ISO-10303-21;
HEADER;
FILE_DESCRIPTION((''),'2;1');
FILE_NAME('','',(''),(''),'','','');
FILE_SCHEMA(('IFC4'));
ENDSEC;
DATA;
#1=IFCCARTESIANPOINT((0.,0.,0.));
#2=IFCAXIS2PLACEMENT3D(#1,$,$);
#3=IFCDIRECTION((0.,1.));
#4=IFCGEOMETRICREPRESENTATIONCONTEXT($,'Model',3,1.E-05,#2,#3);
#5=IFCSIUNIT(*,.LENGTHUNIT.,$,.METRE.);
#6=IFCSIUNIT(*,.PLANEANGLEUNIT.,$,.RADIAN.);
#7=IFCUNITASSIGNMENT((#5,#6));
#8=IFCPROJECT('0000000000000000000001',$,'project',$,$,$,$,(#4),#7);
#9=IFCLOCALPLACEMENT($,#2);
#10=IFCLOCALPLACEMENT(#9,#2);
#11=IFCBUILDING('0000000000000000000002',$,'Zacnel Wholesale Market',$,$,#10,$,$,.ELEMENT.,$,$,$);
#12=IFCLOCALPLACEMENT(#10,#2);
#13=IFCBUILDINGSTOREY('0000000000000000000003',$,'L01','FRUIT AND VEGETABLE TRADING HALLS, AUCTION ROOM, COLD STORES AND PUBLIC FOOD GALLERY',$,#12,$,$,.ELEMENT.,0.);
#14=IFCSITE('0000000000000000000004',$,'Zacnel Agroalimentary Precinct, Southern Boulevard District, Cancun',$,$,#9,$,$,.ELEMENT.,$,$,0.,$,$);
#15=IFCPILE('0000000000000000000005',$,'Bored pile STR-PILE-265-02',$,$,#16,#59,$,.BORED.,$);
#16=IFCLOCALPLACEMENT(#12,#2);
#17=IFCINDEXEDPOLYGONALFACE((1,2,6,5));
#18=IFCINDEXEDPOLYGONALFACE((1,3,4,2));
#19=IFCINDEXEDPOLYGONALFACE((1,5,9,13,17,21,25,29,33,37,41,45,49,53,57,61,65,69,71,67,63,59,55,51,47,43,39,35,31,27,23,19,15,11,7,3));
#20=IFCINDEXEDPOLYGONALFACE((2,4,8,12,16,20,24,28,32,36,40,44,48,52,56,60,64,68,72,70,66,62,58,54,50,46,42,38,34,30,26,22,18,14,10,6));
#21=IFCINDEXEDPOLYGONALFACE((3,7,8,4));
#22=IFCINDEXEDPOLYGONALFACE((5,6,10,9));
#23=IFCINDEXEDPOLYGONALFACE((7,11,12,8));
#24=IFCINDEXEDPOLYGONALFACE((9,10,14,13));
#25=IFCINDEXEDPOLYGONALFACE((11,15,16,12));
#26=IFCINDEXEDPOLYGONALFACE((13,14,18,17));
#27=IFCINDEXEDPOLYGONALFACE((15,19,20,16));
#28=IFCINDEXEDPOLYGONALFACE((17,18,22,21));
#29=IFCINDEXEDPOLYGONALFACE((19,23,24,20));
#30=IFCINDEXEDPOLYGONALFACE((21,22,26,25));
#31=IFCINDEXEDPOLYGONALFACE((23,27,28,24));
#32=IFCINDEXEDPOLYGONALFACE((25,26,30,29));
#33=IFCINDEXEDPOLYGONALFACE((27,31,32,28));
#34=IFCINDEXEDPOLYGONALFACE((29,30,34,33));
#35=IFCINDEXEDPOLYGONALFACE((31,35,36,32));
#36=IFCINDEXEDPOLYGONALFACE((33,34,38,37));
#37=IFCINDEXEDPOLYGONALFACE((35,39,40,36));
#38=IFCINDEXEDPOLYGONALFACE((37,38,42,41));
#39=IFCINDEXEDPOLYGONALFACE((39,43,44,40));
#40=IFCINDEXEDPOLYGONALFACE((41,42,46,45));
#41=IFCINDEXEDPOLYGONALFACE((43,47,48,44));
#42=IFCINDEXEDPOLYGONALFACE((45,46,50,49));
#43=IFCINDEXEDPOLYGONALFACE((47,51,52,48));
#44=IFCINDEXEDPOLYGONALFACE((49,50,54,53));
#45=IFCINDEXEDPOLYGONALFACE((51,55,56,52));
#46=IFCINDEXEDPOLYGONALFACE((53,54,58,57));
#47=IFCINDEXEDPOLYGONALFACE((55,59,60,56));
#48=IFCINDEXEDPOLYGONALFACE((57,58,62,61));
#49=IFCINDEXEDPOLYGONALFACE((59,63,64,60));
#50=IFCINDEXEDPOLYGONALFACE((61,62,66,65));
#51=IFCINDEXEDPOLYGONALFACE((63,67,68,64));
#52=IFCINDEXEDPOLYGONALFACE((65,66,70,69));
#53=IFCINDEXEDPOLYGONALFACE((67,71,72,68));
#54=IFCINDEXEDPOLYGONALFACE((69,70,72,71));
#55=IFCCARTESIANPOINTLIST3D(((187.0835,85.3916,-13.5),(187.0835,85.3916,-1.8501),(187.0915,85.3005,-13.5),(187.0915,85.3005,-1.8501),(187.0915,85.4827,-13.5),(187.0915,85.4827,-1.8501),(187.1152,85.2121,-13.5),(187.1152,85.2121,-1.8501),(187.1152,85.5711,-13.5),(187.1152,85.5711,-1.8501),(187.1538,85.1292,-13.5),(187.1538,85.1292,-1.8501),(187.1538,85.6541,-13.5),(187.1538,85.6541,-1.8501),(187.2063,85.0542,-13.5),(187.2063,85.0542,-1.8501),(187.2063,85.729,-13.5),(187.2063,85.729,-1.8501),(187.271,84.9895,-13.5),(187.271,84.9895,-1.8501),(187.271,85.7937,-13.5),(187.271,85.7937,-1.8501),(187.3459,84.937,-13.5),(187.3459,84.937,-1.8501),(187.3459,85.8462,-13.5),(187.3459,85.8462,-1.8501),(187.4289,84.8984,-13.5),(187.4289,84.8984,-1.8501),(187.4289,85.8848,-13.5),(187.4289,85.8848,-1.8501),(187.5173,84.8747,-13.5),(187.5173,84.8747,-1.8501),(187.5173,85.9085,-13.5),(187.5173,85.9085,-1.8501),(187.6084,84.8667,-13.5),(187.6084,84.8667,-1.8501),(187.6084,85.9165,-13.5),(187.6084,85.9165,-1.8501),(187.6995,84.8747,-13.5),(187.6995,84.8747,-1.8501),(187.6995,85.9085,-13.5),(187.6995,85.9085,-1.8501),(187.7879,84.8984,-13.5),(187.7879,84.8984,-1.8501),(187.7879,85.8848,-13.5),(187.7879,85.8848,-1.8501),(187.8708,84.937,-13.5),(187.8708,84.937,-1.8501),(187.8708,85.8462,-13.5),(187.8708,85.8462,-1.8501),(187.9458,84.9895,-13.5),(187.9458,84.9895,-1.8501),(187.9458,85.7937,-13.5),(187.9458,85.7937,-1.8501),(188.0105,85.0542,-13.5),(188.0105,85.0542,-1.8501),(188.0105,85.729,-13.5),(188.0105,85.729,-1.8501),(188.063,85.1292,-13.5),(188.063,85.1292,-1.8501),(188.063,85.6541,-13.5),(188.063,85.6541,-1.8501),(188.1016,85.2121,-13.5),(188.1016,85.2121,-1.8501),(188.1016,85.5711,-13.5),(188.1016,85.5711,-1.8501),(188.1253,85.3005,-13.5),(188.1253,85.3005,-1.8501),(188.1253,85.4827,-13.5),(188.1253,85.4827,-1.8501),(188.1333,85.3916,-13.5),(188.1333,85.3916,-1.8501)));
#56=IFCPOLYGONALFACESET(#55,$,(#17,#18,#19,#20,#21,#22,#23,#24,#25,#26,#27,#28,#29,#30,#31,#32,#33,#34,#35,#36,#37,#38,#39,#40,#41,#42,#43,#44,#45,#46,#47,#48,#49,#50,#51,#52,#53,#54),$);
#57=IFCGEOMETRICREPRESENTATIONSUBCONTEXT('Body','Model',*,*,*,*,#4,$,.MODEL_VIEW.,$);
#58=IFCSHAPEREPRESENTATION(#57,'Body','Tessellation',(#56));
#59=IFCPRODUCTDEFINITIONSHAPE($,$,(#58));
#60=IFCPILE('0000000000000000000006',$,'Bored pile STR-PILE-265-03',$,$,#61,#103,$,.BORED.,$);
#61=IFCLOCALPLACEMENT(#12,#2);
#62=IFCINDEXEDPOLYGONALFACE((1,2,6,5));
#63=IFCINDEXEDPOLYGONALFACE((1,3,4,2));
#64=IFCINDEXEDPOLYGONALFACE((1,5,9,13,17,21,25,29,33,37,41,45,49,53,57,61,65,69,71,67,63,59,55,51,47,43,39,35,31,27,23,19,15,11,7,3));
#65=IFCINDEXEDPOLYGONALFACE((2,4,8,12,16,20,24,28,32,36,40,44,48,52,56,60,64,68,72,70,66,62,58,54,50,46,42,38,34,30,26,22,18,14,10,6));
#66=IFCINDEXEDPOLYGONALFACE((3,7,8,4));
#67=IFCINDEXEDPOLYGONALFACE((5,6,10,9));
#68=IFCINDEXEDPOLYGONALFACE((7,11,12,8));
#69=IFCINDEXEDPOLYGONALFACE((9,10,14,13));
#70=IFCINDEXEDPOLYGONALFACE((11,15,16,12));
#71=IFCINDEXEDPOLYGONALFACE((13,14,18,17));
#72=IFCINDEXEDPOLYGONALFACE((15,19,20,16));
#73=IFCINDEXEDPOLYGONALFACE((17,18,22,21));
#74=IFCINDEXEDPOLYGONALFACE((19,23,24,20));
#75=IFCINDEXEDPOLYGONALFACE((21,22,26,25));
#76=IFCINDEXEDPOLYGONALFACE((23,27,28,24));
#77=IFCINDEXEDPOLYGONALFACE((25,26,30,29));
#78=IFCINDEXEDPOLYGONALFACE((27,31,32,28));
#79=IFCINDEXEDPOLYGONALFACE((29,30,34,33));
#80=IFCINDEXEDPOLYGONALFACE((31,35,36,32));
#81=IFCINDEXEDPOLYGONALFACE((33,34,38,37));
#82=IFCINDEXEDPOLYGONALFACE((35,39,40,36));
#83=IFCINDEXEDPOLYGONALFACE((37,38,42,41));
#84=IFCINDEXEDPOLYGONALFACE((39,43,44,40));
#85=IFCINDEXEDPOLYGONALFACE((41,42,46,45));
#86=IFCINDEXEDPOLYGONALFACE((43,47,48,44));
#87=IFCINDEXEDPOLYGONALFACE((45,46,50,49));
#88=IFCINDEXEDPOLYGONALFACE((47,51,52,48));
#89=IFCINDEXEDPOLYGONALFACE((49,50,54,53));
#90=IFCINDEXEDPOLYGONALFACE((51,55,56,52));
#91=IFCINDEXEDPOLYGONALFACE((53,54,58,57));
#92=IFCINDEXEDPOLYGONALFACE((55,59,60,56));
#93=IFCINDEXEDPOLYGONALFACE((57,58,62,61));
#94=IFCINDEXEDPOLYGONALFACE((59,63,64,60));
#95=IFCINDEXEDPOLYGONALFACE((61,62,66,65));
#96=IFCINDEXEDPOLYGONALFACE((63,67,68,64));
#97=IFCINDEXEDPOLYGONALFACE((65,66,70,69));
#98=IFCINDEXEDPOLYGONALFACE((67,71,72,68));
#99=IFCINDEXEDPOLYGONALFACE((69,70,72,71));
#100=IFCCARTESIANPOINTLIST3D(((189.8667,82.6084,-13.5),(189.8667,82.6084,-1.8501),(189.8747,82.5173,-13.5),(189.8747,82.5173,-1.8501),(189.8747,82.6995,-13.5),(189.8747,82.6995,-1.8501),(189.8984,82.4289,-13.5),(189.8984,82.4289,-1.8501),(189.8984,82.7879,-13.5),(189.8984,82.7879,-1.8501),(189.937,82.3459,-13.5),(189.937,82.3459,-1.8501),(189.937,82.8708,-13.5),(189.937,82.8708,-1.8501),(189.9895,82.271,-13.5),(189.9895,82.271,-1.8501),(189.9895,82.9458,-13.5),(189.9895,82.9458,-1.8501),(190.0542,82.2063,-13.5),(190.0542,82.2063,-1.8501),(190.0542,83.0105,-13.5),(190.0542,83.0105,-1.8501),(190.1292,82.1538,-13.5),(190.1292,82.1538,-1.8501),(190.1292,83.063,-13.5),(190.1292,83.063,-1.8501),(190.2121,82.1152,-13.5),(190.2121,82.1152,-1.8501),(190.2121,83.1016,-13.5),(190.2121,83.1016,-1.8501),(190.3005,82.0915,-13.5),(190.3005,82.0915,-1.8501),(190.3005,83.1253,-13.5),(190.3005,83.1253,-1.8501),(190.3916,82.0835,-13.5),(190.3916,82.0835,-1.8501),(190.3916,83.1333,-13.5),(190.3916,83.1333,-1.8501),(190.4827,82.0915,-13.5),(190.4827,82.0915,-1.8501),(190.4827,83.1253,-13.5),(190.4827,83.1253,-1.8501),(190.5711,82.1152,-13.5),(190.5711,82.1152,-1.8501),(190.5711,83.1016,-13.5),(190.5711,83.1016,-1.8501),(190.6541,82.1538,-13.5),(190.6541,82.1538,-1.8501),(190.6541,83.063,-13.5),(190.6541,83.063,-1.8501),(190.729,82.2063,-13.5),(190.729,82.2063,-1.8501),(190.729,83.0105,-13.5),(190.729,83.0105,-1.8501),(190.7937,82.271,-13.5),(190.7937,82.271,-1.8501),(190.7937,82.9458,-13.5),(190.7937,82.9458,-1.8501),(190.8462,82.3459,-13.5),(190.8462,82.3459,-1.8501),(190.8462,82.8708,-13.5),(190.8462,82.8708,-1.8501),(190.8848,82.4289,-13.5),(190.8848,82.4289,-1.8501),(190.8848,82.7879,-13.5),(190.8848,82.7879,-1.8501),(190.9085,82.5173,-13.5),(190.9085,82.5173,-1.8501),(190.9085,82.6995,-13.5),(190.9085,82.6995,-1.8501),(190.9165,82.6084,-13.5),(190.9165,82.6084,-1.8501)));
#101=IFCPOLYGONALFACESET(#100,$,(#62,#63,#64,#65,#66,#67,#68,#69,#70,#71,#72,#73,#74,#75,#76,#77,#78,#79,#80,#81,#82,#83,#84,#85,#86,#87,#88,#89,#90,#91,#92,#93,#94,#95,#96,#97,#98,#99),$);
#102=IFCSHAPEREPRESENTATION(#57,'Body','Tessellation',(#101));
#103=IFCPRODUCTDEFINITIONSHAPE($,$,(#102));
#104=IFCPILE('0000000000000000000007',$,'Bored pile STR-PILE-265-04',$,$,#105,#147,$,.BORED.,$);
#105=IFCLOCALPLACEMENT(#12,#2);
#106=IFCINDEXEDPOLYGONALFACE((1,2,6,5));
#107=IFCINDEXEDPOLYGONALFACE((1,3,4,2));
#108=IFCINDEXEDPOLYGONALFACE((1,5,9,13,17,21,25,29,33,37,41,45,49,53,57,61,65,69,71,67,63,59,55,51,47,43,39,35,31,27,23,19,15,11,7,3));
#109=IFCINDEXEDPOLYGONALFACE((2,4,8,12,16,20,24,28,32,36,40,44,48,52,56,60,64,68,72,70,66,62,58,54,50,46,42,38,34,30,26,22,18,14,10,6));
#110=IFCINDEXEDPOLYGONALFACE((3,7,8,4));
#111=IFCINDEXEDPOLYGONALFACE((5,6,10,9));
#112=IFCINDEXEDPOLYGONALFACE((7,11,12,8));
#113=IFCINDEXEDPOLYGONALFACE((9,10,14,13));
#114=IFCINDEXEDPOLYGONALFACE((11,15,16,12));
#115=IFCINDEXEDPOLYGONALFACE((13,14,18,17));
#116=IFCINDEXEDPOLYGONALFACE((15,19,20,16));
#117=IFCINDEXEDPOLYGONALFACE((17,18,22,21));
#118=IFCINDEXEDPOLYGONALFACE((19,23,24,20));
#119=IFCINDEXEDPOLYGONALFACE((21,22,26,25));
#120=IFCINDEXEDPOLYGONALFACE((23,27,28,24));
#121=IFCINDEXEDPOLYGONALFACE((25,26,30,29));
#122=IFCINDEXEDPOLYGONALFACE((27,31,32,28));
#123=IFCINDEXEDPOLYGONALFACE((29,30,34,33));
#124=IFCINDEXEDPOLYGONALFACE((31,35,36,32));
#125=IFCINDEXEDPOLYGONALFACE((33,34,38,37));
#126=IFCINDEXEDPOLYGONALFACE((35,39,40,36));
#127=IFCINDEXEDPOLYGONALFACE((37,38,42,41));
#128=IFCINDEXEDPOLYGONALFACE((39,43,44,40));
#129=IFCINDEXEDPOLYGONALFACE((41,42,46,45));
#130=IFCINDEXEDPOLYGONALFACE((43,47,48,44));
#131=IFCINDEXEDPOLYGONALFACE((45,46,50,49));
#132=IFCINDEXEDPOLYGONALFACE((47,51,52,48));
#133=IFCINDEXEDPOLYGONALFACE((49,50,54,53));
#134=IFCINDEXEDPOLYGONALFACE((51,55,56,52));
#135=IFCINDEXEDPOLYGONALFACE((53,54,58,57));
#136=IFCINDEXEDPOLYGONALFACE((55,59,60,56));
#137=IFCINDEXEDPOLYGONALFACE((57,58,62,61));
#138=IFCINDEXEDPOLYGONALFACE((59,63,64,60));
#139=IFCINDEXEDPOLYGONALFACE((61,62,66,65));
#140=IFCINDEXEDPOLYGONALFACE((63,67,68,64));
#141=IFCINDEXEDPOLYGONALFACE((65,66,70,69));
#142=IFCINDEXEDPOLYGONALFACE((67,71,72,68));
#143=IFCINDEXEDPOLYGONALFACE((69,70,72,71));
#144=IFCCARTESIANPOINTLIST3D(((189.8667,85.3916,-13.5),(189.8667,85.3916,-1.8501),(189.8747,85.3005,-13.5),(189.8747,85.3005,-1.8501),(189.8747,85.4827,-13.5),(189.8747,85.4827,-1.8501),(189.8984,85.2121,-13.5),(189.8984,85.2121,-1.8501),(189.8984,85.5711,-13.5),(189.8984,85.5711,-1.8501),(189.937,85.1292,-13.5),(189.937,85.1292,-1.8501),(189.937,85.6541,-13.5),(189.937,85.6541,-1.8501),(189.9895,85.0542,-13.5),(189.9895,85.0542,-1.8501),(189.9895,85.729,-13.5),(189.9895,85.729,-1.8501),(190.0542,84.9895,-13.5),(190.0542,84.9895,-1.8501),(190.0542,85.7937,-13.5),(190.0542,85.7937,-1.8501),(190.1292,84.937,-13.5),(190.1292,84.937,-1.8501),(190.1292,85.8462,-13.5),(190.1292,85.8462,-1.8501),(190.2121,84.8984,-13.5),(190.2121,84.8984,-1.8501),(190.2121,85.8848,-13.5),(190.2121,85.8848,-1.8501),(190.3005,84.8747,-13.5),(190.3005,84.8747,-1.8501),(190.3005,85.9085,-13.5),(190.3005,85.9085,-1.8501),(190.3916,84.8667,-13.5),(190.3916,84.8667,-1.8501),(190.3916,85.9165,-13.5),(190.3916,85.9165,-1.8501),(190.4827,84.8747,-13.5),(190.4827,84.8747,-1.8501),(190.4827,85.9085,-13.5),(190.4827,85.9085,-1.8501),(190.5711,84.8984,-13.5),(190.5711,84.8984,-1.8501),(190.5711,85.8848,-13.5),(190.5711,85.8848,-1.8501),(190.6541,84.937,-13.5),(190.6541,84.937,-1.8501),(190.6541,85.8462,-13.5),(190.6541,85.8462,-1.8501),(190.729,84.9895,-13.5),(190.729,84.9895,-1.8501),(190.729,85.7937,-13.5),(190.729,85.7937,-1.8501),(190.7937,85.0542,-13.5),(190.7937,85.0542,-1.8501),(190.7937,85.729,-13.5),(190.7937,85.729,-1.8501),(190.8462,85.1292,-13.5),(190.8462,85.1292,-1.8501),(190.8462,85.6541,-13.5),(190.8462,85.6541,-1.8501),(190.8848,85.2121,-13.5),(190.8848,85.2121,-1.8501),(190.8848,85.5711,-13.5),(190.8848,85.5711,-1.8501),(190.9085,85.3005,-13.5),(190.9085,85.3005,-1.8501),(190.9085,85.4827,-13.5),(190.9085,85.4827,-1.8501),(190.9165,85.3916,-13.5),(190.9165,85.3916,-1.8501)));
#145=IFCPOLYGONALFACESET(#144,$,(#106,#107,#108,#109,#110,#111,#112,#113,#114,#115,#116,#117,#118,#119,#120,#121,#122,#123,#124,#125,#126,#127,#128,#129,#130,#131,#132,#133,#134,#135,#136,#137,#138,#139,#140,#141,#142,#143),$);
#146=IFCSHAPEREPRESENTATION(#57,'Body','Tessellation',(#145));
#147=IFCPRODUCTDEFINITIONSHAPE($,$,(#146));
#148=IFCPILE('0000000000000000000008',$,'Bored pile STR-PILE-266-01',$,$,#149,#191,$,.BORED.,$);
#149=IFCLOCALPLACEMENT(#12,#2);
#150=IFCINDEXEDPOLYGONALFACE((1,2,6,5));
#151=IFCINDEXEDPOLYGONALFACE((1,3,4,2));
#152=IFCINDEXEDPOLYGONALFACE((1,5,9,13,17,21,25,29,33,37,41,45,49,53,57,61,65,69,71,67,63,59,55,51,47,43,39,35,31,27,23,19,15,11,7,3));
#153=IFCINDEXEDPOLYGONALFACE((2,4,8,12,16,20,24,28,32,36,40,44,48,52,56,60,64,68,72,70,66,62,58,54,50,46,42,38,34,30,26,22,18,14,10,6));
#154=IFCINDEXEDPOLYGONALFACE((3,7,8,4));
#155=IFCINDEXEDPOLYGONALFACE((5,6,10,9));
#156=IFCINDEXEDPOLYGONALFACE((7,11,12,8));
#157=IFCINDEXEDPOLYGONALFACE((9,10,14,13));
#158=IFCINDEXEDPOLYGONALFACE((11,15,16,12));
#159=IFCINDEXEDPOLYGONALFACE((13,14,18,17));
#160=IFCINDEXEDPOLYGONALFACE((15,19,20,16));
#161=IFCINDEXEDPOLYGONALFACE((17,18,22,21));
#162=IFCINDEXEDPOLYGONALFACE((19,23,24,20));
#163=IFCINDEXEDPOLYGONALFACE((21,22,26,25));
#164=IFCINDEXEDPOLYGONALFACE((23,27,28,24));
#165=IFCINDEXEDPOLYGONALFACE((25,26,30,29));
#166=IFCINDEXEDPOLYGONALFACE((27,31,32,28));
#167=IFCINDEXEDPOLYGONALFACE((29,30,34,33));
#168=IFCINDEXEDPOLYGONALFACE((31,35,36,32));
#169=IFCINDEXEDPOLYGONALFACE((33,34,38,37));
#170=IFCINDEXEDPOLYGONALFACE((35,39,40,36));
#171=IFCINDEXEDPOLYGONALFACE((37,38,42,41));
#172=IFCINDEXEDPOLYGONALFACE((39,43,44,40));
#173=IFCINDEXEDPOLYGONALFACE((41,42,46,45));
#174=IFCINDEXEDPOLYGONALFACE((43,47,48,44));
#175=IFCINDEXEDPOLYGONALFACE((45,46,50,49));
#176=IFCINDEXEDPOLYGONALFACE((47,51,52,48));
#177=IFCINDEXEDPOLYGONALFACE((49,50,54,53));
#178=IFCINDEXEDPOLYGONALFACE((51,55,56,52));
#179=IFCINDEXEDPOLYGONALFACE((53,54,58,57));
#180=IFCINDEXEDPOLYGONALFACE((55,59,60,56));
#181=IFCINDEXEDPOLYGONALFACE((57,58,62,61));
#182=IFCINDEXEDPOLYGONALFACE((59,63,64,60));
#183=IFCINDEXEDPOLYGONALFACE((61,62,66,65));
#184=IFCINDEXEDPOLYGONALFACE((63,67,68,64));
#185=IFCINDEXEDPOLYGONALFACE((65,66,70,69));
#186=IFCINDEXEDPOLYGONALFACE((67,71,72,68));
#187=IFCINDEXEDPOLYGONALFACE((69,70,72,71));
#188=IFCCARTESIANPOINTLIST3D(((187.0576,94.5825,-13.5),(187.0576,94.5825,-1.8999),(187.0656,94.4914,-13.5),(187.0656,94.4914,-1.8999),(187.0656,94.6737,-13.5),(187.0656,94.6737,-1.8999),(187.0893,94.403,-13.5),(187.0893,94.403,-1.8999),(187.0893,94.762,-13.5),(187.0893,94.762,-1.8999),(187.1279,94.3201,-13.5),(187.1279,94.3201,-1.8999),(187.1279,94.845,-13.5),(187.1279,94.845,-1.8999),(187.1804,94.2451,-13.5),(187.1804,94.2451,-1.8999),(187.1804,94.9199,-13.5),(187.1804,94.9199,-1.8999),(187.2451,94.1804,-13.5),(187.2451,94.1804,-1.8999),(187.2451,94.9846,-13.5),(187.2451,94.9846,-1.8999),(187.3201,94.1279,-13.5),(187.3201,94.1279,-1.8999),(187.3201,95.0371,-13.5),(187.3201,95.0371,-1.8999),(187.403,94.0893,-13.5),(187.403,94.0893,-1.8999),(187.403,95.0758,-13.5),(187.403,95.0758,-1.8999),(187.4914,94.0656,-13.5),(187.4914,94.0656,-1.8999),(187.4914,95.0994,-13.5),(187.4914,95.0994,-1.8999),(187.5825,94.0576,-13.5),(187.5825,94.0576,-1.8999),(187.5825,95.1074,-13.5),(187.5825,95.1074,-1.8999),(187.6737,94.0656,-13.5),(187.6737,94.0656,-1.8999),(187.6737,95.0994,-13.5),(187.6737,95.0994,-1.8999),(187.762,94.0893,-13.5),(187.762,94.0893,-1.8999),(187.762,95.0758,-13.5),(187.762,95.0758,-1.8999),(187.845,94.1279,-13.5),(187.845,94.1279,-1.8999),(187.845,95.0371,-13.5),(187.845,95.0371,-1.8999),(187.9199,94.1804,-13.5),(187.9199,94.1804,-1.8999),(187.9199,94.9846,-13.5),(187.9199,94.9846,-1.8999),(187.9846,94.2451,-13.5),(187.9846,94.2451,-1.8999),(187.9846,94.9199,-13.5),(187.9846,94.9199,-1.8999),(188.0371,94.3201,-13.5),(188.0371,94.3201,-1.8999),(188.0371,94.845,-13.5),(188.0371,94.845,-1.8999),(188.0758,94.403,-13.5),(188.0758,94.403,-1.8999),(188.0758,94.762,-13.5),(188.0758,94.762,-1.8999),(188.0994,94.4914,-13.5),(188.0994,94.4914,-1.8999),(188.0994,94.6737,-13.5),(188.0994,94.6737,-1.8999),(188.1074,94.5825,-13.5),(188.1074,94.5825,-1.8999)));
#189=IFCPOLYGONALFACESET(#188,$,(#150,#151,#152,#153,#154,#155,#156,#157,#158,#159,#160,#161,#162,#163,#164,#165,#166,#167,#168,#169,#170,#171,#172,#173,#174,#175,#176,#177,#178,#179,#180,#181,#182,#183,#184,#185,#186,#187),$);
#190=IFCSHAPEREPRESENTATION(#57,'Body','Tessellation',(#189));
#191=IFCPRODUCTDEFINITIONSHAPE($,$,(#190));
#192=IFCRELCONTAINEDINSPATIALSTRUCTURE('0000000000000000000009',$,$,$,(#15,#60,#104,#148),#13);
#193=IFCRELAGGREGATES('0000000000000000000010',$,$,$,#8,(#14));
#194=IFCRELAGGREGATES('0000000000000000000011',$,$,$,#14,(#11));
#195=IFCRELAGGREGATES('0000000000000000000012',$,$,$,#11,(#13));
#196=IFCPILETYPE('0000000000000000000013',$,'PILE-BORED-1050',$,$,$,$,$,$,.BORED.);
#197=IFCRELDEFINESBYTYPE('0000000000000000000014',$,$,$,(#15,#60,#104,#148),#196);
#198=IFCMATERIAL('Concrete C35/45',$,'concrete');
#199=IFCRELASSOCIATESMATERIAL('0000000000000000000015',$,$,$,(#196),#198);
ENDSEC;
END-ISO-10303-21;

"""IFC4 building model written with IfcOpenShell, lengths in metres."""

from ifc_helpers import new_model, si_unit, direction, frame, origin, origin_2d, place, context, subcontext, project, spatial, circle, extrude, material, material_profile, profile_set, type_object, element, save


model = new_model("IFC4")

# Units and contexts
model_context = context("Model", 3, precision=1e-05, world=origin(), true_north=direction((0.0, 1.0)))
body_context = subcontext(model_context, "Body", "Model", "MODEL_VIEW")
ifc_project = project(units=[si_unit("LENGTHUNIT", "METRE"), si_unit("PLANEANGLEUNIT", "RADIAN")], contexts=[model_context])

# Site, building, storey
site_placement = place(None, origin())
site = spatial("IfcSite", under=ifc_project, at=site_placement, Name="Zacnel Agroalimentary Precinct, Southern Boulevard District, Cancun", CompositionType="ELEMENT", RefElevation=0.0)
building_placement = place(site_placement, origin())
building = spatial("IfcBuilding", under=site, at=building_placement, Name="Zacnel Wholesale Market", CompositionType="ELEMENT")
storey_placement = place(building_placement, origin())
storey = spatial("IfcBuildingStorey", under=building, at=storey_placement, Name="L01", Description="FRUIT AND VEGETABLE TRADING HALLS, AUCTION ROOM, COLD STORES AND PUBLIC FOOD GALLERY", CompositionType="ELEMENT", Elevation=0.0)

# Piles
ifc_material_1 = material(Name="Concrete C35/45", Category="concrete")
ifc_material_profile_1 = material_profile(ifc_material_1, circle(Radius=0.5249, at=origin_2d()), Name="BORED PILE D1050")
ifc_profile_set_1 = profile_set([ifc_material_profile_1], Name="Concrete C35/45")
pile_type = type_object("IfcPileType", Name="PILE-BORED-1050", PredefinedType="BORED", material=ifc_profile_set_1)
for number, where, z_axis, x_axis, name in (
    (1, (187.6084, 85.3916, -1.8501), (0.0, 0.0, -1.0), (1.0, 0.0, 0.0), "Bored pile STR-PILE-265-02"),
    (2, (190.3916, 82.6084, -1.8501), (0.0, 0.0, -1.0), (1.0, 0.0, 0.0), "Bored pile STR-PILE-265-03"),
    (3, (190.3916, 85.3916, -1.8501), (0.0, 0.0, -1.0), (1.0, 0.0, 0.0), "Bored pile STR-PILE-265-04"),
):
    element("IfcPile", number, at=place(storey_placement, frame(where, z_axis=z_axis, x_axis=x_axis)), inside=storey, type_object=pile_type, Name=name, PredefinedType="BORED", context=body_context, shape_type="SweptSolid", body=[
        extrude(circle(Radius=0.5249, at=origin_2d()), origin(), (0.0, 0.0, 1.0), 11.6499),
    ])
for number, where, z_axis, x_axis, name in (
    (4, (187.5825, 94.5825, -1.8999), (0.0, 0.0, -1.0), (1.0, 0.0, 0.0), "Bored pile STR-PILE-266-01"),
):
    element("IfcPile", number, at=place(storey_placement, frame(where, z_axis=z_axis, x_axis=x_axis)), inside=storey, type_object=pile_type, Name=name, PredefinedType="BORED", context=body_context, shape_type="SweptSolid", body=[
        extrude(circle(Radius=0.5249, at=origin_2d()), origin(), (0.0, 0.0, 1.0), 11.6001),
    ])

save(model, "model.ifc")
